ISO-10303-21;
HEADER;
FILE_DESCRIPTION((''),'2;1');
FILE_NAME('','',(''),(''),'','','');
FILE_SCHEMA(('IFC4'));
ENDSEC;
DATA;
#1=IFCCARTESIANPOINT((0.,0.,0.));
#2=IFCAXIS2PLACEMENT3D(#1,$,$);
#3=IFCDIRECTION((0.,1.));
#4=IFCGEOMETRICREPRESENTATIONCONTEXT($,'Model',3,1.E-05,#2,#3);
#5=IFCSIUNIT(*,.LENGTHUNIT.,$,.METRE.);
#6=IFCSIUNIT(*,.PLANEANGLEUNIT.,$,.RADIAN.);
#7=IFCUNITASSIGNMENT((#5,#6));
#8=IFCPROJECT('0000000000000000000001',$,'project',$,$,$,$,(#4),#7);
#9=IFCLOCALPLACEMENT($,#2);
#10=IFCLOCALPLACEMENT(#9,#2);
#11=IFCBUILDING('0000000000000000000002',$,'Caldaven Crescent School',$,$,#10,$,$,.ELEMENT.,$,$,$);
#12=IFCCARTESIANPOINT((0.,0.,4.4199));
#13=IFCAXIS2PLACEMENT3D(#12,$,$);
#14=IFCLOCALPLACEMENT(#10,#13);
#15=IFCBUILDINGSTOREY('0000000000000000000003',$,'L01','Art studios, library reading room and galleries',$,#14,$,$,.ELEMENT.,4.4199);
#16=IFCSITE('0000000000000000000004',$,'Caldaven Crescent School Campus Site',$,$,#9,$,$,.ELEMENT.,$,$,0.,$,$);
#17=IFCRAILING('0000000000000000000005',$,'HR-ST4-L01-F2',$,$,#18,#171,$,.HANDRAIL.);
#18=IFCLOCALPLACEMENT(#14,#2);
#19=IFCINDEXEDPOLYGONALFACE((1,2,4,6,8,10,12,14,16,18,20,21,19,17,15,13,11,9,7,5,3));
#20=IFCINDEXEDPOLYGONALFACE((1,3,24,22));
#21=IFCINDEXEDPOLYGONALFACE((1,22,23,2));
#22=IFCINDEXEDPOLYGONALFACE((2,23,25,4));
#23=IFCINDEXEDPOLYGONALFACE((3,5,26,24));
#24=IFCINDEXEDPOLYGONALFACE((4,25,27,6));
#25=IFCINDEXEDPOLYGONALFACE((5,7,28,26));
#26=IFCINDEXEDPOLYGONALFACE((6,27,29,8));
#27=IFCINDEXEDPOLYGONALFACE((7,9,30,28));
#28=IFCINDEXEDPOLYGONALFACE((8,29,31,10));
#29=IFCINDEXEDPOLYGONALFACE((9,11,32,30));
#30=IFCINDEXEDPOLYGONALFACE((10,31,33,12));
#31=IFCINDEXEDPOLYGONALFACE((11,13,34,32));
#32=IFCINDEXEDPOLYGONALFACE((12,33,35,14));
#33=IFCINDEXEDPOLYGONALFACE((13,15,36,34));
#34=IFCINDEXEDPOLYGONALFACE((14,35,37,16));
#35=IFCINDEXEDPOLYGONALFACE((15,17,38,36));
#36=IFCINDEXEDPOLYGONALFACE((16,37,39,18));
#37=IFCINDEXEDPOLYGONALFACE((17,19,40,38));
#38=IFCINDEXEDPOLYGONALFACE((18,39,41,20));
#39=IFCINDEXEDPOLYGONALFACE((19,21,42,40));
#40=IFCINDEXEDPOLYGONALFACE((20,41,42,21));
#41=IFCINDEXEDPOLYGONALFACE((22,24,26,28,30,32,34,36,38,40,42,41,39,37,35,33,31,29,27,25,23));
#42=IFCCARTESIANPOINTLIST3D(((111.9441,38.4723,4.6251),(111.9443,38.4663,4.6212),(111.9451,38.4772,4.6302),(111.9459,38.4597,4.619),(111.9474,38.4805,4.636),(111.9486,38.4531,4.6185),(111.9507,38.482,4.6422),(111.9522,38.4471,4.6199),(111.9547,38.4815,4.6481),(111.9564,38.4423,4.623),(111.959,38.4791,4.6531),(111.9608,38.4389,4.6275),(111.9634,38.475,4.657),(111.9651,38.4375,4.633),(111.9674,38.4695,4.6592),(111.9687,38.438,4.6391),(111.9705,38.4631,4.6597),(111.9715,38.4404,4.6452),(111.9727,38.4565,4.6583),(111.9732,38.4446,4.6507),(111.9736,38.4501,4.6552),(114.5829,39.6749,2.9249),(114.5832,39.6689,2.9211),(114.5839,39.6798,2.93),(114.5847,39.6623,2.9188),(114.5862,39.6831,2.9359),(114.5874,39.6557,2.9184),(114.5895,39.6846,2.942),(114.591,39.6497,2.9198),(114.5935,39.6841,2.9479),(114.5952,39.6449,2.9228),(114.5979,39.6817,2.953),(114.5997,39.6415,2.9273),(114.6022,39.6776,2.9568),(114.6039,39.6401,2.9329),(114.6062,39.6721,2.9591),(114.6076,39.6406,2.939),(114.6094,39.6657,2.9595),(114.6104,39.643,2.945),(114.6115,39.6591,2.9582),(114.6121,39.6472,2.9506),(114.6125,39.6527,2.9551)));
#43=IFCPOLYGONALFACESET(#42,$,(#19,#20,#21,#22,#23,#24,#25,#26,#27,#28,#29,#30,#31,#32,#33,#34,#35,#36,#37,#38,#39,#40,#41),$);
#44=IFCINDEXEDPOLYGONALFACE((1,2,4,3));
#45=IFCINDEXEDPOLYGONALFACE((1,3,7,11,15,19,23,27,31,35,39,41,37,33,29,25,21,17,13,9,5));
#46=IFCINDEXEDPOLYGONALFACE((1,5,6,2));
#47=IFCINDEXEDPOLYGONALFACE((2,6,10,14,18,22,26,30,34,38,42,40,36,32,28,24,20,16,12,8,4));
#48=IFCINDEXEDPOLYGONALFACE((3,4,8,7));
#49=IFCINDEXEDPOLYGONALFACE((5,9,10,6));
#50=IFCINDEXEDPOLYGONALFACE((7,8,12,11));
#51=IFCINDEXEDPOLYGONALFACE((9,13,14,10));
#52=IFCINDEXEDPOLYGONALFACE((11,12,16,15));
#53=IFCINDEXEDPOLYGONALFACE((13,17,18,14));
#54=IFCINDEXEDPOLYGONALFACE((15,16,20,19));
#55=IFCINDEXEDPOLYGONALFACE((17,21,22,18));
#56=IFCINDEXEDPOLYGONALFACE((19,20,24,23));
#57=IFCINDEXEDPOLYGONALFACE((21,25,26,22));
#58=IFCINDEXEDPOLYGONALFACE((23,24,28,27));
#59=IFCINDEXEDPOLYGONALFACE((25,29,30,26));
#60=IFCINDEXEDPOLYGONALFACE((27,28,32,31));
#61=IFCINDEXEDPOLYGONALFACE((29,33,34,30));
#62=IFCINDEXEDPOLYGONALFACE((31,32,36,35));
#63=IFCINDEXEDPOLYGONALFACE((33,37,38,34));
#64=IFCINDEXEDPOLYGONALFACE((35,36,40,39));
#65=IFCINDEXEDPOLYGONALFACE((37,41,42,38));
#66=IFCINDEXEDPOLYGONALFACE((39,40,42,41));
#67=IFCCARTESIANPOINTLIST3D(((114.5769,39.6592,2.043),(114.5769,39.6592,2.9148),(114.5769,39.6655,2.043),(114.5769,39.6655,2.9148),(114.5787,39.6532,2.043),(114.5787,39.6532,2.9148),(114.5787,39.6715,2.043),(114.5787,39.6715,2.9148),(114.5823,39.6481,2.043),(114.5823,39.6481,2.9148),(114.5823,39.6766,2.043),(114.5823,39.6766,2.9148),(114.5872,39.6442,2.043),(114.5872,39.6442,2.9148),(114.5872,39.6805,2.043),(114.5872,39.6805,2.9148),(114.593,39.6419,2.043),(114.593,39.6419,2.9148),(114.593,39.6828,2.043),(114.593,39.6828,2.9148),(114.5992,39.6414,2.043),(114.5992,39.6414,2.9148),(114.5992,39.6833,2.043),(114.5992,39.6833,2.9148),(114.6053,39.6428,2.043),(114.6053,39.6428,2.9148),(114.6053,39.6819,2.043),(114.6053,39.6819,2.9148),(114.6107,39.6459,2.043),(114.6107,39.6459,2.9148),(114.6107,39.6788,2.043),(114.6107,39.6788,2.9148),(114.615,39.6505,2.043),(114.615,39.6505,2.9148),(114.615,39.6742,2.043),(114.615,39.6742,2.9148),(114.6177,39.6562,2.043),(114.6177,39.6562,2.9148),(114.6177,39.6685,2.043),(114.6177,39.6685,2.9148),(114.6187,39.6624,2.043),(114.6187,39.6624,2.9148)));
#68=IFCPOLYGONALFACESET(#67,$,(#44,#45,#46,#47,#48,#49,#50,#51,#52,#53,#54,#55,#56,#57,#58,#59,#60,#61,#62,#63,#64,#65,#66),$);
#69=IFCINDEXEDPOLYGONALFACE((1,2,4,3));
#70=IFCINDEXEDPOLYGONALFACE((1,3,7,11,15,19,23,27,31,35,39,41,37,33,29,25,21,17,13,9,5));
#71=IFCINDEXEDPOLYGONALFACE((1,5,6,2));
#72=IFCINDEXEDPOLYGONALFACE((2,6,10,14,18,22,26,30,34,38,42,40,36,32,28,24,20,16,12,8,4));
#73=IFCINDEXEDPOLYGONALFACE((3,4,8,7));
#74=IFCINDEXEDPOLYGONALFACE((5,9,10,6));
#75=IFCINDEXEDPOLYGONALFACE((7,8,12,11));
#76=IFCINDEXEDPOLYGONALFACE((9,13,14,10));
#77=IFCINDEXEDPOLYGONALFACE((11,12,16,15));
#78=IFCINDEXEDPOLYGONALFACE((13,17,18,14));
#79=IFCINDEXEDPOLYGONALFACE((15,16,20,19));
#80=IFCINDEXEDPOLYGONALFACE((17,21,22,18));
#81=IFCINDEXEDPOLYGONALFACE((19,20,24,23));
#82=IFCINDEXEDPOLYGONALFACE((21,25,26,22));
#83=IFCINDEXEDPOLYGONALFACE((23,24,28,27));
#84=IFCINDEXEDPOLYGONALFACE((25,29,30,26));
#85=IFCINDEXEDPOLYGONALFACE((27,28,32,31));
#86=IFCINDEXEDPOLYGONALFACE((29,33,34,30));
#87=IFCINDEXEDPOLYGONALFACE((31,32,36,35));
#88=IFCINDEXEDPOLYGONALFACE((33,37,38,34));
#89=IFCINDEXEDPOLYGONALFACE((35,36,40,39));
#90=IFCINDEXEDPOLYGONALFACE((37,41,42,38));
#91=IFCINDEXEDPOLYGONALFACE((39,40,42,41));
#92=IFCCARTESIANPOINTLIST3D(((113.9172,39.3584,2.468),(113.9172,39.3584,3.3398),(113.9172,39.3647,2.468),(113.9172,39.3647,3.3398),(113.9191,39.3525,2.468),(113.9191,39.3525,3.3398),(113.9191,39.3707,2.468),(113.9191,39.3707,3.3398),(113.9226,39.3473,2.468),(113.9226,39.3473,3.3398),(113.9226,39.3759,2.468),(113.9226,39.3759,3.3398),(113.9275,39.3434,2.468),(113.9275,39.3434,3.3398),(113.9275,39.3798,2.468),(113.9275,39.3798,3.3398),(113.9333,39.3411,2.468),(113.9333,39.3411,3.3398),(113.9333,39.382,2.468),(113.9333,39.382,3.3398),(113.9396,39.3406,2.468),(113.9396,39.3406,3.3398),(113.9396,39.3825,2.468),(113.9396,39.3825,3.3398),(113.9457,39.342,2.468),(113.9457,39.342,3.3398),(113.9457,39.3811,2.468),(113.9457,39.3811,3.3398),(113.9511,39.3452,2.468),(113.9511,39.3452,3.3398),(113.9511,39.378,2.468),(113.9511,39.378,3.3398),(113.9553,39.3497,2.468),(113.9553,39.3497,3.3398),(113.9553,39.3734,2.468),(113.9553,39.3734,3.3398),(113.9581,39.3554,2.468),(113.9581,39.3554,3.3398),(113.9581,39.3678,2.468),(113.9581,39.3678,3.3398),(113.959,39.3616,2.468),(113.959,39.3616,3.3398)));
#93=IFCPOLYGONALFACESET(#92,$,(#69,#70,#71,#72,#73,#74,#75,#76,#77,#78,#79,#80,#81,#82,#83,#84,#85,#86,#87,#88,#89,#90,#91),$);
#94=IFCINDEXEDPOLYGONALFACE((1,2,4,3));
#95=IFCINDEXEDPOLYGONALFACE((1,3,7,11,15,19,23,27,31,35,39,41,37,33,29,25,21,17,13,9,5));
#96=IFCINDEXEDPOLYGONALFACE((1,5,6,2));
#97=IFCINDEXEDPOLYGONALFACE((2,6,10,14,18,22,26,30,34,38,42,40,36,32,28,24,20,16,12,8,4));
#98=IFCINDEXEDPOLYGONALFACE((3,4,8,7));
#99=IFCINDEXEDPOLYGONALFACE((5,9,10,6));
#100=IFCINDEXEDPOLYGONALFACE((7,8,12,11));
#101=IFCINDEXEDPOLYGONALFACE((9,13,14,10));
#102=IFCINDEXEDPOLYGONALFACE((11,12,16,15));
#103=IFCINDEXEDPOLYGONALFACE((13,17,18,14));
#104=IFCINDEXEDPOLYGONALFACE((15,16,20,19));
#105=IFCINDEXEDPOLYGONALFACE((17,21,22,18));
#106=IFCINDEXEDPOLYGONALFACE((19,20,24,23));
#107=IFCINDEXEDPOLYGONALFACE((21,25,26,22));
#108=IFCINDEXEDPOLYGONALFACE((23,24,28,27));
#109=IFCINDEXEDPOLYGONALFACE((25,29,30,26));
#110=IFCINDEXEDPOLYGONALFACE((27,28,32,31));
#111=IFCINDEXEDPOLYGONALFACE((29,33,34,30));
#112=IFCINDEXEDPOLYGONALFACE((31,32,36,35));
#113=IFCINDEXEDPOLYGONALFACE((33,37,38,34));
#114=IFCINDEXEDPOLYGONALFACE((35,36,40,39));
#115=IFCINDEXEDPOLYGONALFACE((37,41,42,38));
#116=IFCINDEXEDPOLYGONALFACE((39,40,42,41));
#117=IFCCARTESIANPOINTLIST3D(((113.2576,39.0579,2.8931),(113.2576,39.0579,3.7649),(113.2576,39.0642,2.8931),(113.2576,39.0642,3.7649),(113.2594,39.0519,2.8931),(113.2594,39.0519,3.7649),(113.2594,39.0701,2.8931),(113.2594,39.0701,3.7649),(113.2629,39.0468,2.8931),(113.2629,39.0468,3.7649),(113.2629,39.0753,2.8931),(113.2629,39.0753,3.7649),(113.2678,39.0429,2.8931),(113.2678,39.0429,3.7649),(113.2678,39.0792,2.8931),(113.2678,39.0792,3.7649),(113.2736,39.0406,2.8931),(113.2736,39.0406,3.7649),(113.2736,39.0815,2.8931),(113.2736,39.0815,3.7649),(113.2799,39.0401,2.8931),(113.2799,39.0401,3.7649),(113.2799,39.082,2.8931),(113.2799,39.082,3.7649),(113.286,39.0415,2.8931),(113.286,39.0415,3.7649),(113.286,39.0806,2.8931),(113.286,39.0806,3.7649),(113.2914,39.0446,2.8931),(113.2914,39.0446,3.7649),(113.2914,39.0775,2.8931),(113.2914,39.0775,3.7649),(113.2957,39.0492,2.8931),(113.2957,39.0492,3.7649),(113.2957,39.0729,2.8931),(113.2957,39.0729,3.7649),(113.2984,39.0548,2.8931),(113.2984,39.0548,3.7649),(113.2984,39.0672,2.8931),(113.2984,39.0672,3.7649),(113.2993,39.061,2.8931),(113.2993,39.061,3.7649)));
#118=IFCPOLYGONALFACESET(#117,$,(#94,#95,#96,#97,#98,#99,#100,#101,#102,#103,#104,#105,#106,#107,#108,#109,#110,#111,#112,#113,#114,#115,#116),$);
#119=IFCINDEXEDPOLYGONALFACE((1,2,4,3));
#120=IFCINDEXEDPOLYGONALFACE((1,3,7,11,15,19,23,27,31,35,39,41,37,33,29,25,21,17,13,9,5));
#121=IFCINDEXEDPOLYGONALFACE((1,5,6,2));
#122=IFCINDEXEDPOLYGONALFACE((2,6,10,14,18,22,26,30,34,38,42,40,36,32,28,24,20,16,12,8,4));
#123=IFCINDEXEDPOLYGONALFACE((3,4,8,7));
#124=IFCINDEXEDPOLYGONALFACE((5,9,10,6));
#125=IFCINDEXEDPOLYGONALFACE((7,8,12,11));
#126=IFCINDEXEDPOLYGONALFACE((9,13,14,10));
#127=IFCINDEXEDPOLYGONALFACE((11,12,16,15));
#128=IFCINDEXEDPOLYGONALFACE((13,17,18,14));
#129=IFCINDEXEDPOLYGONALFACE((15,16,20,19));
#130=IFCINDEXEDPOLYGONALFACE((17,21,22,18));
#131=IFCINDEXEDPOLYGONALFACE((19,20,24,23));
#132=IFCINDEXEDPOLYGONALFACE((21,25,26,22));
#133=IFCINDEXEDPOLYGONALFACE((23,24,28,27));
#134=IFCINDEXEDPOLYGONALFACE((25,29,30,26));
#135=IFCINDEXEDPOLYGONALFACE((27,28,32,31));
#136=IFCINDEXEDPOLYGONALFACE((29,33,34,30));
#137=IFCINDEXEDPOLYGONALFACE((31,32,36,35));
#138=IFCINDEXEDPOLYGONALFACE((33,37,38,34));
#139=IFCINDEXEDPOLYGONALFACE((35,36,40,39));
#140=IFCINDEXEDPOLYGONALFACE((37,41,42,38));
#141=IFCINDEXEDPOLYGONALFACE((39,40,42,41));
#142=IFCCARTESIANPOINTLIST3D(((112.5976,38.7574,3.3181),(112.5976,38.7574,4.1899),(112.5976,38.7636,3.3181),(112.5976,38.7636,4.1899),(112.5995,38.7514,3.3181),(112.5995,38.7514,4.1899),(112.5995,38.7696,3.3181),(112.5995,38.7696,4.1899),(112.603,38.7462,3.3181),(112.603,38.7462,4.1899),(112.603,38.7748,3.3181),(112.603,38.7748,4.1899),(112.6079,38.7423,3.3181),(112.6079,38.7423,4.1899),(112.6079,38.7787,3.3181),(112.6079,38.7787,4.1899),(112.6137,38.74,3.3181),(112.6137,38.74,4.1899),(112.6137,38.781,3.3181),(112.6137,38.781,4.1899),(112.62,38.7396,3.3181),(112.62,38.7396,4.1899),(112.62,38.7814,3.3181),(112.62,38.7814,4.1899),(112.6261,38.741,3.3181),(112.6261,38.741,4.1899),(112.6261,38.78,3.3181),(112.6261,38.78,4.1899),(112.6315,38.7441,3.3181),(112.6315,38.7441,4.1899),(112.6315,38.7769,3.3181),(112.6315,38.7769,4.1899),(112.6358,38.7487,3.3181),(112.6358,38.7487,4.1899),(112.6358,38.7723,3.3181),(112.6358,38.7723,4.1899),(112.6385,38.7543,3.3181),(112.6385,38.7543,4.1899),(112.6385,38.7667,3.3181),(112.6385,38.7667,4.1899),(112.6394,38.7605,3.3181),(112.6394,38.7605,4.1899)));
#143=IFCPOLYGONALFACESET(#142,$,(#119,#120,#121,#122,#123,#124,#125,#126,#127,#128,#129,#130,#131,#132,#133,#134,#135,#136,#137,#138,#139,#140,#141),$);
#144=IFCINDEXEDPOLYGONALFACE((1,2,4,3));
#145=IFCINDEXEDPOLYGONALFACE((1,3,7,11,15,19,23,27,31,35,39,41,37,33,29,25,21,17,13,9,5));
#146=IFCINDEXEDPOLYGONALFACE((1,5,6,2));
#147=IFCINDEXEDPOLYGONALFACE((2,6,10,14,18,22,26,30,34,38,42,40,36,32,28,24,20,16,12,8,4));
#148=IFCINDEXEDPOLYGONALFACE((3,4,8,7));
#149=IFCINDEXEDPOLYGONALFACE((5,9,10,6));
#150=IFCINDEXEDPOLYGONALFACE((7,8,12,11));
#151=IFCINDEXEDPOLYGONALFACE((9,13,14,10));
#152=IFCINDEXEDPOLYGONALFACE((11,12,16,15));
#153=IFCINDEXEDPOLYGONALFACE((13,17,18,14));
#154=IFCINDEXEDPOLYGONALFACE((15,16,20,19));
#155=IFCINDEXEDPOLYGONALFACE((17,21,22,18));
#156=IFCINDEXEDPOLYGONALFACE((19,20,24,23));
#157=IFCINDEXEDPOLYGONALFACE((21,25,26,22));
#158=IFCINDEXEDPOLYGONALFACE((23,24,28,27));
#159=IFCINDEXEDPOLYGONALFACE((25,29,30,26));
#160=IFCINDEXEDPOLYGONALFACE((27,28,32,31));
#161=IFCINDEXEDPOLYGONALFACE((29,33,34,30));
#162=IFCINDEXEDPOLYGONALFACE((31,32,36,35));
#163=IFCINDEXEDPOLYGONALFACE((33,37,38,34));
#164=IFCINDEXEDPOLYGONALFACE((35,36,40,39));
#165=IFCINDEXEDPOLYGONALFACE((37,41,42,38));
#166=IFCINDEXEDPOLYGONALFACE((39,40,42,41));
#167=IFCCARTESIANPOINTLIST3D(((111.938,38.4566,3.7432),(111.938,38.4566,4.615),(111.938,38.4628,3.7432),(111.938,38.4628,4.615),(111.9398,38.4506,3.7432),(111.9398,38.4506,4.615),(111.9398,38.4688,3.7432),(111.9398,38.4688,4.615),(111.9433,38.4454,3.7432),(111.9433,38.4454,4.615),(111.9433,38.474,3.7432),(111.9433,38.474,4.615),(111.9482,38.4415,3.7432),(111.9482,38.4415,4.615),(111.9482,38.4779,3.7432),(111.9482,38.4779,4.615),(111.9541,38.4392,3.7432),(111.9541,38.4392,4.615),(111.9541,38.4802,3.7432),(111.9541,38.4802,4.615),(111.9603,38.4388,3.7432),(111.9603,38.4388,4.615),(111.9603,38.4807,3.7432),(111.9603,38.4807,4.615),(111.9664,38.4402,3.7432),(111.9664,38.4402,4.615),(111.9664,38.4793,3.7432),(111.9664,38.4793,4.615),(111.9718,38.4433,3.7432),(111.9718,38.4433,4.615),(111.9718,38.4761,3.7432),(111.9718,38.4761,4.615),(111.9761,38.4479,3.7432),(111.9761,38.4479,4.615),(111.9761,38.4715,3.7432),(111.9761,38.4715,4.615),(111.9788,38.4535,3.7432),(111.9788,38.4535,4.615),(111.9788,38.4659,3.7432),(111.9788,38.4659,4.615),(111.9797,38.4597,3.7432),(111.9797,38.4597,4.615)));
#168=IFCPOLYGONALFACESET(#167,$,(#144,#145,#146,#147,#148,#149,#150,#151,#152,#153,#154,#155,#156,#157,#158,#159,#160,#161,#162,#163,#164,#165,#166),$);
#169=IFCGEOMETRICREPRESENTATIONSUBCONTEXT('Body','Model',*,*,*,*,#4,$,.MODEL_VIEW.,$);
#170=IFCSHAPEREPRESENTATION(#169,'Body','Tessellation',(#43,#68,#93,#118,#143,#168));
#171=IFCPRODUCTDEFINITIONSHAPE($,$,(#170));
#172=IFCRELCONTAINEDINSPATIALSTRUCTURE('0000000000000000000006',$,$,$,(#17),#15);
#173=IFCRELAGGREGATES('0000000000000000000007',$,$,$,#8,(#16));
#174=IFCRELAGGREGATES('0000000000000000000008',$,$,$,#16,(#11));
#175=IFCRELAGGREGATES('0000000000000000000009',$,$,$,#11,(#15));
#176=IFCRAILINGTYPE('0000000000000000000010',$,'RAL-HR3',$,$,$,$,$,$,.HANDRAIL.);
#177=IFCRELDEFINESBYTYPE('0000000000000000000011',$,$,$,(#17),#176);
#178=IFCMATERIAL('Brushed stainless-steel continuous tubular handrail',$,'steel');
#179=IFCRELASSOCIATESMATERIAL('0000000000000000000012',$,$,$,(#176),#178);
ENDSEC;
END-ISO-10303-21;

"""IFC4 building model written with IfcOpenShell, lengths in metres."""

from ifc_helpers import new_model, si_unit, direction, frame, origin, origin_2d, place, context, subcontext, project, spatial, circle, extrude, material, type_object, element, save


model = new_model("IFC4")

# Units and contexts
model_context = context("Model", 3, precision=1e-05, world=origin(), true_north=direction((0.0, 1.0)))
body_context = subcontext(model_context, "Body", "Model", "MODEL_VIEW")
ifc_project = project(units=[si_unit("LENGTHUNIT", "METRE"), si_unit("PLANEANGLEUNIT", "RADIAN")], contexts=[model_context])

# Site, building, storey
site_placement = place(None, origin())
site = spatial("IfcSite", under=ifc_project, at=site_placement, Name="Caldaven Crescent School Campus Site", CompositionType="ELEMENT", RefElevation=0.0)
building_placement = place(site_placement, origin())
building = spatial("IfcBuilding", under=site, at=building_placement, Name="Caldaven Crescent School", CompositionType="ELEMENT")
storey_placement = place(building_placement, frame((0.0, 0.0, 4.4199)))
storey = spatial("IfcBuildingStorey", under=building, at=storey_placement, Name="L01", Description="Art studios, library reading room and galleries", CompositionType="ELEMENT", Elevation=4.4199)

# Railing
ifc_material_1 = material(Name="Brushed stainless-steel continuous tubular handrail", Category="steel")
railing_type_1 = type_object("IfcRailingType", Name="RAL-HR3", PredefinedType="HANDRAIL", material=ifc_material_1)
railing_1_placement = place(storey_placement, frame((114.5977, 39.6624, 2.043)))
element("IfcRailing", 1, at=railing_1_placement, inside=storey, type_object=railing_type_1, Name="HR-ST4-L01-F2", PredefinedType="HANDRAIL", context=body_context, shape_type="SweptSolid", body=[
    extrude(circle(Radius=0.0239, at=origin_2d()), frame((0.0, 0.0, 0.896), z_axis=(-0.785, -0.357749, 0.505758), x_axis=(0.414697, -0.90996, 0.0)), (0.0, 0.0, 1.0), 3.3616),
    extrude(circle(Radius=0.021, at=origin_2d()), origin(), (0.0, 0.0, 1.0), 0.8718),
    extrude(circle(Radius=0.021, at=origin_2d()), frame((-0.6597, -0.3008, 0.425)), (0.0, 0.0, 1.0), 0.8718),
    extrude(circle(Radius=0.021, at=origin_2d()), frame((-1.3193, -0.6013, 0.8501)), (0.0, 0.0, 1.0), 0.8718),
    extrude(circle(Radius=0.021, at=origin_2d()), frame((-1.9792, -0.9019, 1.2751)), (0.0, 0.0, 1.0), 0.8718),
    extrude(circle(Radius=0.021, at=origin_2d()), frame((-2.6389, -1.2026, 1.7002)), (0.0, 0.0, 1.0), 0.8718),
])

save(model, "model.ifc")
